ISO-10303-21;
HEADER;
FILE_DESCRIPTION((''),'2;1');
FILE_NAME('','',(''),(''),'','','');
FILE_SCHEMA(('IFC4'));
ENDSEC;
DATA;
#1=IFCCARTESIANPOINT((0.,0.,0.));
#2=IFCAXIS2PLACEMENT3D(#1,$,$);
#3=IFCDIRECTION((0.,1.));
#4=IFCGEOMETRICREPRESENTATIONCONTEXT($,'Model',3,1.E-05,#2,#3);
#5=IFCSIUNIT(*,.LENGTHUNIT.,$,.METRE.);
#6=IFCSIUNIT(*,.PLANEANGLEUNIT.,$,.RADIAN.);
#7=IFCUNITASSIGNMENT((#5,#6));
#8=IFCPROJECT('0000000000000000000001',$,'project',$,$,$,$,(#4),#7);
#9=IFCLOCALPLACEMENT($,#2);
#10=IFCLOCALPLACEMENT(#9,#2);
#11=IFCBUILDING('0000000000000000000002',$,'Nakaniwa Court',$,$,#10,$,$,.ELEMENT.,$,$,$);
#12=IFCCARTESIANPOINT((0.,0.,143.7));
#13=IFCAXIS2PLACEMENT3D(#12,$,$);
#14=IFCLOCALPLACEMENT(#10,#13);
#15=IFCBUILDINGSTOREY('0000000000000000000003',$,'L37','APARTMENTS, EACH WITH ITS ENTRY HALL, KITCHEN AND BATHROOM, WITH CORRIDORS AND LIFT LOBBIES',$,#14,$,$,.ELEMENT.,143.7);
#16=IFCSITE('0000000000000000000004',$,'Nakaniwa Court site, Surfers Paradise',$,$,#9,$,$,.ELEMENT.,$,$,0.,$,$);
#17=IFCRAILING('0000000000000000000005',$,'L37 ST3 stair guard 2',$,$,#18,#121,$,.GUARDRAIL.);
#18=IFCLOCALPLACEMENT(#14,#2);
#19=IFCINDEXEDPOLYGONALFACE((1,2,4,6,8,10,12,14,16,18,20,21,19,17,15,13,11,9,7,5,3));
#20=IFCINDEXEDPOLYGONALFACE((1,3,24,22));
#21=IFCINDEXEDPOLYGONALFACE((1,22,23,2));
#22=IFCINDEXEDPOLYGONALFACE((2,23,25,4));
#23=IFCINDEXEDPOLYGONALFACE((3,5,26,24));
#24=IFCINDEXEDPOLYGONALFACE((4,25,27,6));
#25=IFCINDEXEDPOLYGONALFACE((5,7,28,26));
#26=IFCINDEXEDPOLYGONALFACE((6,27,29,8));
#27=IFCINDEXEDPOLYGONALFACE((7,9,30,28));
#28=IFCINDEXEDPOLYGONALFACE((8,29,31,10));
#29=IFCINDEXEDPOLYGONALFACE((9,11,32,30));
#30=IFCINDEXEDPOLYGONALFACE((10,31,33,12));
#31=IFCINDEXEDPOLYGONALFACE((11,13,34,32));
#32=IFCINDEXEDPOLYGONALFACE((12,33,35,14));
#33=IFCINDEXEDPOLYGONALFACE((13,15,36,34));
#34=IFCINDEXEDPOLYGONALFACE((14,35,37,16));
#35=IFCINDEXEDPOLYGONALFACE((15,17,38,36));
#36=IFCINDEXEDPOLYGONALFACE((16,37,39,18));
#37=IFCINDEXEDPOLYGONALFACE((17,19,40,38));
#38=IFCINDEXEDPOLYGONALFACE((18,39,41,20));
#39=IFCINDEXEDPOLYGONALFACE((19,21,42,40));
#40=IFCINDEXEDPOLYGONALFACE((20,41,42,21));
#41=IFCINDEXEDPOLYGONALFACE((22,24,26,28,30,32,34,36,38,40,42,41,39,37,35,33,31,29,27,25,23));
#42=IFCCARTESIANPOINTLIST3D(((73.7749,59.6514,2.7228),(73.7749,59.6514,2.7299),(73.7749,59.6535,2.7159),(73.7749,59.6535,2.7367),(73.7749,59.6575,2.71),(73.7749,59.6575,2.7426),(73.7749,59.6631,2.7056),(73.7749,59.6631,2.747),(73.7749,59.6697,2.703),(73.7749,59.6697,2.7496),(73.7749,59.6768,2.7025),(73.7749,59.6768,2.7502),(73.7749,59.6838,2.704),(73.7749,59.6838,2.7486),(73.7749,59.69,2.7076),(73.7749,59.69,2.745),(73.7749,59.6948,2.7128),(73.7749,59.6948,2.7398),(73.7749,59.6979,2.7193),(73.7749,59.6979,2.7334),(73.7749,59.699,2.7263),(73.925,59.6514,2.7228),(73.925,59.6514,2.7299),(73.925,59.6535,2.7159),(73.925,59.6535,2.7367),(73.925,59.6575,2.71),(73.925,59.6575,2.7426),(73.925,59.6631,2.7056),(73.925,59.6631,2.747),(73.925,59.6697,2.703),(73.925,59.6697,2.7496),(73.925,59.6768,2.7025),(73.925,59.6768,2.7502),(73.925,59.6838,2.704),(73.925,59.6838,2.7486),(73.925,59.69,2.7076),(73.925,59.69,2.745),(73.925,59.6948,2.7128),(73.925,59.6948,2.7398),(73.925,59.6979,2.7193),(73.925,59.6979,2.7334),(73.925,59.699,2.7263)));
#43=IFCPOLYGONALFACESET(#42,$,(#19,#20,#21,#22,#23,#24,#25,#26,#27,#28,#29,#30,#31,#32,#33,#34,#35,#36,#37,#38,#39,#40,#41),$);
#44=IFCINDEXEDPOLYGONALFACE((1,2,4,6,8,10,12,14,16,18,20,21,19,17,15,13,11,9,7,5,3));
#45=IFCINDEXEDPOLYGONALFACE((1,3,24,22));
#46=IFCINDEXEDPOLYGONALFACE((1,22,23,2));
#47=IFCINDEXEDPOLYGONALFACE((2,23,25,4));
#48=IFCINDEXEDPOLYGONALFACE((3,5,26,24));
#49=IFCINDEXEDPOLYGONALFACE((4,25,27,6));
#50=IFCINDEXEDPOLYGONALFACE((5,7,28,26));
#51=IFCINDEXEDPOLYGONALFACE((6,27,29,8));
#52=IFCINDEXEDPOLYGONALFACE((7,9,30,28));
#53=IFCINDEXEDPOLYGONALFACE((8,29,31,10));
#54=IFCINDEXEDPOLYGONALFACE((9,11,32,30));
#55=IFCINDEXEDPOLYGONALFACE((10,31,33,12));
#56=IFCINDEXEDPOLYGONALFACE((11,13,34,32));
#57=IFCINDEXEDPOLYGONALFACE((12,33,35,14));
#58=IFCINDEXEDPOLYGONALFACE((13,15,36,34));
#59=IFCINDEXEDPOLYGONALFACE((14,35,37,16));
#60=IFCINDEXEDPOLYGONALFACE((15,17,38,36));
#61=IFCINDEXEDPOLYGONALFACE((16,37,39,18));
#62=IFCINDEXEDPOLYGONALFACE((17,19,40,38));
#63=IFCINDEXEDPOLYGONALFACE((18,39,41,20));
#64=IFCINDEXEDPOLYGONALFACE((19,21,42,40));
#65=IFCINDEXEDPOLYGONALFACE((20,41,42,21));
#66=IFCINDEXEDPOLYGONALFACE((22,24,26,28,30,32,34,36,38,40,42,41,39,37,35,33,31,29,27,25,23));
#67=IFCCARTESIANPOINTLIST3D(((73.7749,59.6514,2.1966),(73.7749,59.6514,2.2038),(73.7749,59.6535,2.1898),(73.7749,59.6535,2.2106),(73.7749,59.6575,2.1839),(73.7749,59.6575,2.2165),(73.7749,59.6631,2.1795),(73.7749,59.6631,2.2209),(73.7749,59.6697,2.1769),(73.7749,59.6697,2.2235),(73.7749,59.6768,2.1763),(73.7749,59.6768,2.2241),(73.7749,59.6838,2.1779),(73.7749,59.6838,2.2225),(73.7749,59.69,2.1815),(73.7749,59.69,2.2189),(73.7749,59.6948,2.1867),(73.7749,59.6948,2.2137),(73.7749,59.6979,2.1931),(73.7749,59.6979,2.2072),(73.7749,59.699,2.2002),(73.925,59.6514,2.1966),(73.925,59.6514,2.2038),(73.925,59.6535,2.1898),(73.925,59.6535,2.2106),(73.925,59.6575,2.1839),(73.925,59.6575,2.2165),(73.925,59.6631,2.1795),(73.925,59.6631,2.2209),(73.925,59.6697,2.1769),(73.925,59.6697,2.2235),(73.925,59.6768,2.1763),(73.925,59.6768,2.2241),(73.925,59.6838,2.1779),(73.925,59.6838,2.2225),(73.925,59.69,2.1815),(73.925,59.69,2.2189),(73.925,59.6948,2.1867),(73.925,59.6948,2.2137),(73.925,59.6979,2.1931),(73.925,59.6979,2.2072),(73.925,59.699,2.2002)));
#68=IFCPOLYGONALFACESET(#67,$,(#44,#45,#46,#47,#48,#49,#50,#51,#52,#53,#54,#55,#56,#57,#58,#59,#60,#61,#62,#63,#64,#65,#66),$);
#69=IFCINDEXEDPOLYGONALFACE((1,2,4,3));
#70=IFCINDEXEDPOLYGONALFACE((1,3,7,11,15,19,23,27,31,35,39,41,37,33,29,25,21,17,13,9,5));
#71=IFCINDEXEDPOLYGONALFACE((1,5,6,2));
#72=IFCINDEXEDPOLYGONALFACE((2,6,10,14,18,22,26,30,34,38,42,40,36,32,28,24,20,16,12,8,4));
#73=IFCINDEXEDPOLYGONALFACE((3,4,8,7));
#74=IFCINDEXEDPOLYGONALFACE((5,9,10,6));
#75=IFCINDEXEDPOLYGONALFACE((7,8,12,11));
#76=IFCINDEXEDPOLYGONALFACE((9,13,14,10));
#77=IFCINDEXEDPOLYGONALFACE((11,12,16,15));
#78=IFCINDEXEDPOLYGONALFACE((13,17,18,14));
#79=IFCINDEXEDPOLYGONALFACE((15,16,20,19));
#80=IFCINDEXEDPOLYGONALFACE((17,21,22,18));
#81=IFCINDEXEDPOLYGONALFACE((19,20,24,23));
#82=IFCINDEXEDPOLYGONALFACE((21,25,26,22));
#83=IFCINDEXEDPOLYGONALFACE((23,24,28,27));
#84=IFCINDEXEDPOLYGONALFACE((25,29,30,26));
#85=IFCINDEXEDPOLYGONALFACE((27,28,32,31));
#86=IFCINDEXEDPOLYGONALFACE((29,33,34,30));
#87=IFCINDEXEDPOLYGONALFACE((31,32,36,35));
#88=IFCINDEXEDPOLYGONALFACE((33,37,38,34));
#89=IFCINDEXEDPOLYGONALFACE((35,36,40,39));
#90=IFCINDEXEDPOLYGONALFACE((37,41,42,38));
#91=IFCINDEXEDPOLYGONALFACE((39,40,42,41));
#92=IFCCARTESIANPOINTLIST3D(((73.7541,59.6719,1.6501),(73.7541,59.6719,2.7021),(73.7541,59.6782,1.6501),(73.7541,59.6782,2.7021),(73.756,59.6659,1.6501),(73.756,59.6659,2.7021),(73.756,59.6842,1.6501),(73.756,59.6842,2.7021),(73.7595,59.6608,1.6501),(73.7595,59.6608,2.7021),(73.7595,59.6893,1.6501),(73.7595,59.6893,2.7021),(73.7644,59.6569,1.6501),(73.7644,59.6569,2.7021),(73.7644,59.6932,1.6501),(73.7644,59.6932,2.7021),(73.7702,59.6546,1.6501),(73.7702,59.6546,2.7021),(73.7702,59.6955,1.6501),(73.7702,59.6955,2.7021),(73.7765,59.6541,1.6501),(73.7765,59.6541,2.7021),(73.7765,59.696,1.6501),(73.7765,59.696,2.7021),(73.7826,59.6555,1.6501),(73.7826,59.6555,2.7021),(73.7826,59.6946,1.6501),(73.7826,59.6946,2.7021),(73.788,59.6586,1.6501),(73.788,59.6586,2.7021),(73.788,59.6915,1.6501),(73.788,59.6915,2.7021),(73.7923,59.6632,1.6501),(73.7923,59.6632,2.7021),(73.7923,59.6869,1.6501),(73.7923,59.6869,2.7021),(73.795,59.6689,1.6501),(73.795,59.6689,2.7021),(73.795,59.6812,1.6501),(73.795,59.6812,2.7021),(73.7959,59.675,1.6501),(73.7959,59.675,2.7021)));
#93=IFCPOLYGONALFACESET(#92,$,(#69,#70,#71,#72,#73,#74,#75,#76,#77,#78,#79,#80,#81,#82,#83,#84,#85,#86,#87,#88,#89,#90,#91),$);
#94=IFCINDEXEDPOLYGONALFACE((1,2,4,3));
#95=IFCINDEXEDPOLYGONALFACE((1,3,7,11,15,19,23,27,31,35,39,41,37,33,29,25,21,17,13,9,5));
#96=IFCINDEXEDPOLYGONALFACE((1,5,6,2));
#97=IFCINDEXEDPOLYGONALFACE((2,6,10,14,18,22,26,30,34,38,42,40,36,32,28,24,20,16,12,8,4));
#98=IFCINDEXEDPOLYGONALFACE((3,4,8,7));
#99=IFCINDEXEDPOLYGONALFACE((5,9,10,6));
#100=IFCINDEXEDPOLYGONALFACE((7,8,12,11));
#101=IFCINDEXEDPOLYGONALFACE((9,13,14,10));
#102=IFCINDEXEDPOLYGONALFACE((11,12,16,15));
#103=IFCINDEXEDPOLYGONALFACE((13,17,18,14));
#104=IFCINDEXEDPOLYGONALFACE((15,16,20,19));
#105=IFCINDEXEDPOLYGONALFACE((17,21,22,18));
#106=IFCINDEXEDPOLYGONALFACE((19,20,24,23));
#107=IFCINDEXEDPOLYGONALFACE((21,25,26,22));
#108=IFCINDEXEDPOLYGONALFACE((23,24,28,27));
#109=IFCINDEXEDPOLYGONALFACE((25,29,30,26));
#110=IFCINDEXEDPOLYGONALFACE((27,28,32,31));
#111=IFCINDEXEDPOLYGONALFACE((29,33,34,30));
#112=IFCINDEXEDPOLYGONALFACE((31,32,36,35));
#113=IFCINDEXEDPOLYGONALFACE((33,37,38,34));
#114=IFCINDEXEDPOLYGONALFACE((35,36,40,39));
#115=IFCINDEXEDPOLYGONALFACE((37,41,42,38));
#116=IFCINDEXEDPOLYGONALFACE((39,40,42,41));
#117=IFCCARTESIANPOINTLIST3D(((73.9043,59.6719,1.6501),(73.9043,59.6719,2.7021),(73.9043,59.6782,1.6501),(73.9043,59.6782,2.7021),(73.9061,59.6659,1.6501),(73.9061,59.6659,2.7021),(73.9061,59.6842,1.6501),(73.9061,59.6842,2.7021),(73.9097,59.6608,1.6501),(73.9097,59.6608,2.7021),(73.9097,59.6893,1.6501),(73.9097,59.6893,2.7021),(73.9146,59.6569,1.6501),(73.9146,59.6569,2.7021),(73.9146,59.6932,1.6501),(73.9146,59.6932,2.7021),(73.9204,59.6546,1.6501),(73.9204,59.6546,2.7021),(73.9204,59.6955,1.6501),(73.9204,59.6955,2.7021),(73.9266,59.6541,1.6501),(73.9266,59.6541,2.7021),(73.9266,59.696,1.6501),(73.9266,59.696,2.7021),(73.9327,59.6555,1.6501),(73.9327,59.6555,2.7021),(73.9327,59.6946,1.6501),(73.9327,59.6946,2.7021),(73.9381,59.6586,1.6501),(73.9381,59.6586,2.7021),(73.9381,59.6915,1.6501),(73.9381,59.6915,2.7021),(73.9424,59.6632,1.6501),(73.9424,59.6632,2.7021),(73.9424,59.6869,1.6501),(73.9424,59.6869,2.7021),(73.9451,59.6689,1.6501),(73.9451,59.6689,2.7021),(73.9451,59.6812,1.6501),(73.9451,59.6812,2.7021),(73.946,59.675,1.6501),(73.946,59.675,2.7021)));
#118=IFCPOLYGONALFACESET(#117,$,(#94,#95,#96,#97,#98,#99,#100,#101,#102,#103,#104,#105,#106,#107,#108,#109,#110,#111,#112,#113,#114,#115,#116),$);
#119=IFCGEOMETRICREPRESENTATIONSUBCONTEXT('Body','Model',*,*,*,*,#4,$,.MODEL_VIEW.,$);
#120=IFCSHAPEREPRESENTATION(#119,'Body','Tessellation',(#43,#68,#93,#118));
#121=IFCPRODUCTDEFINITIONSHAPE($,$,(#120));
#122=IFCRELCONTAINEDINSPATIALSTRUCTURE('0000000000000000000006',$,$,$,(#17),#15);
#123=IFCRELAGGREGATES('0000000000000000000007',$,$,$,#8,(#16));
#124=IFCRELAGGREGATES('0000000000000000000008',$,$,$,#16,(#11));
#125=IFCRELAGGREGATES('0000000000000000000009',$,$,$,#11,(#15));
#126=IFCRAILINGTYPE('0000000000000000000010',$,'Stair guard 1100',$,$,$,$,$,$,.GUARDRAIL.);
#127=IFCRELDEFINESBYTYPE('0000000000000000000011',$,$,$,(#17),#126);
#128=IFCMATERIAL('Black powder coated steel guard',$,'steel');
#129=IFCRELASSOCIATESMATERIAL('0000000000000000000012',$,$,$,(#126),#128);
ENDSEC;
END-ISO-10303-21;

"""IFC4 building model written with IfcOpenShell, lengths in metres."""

from ifc_helpers import new_model, si_unit, direction, frame, origin, origin_2d, place, context, subcontext, project, spatial, circle, extrude, material, type_object, element, save


model = new_model("IFC4")

# Units and contexts
model_context = context("Model", 3, precision=1e-05, world=origin(), true_north=direction((0.0, 1.0)))
body_context = subcontext(model_context, "Body", "Model", "MODEL_VIEW")
ifc_project = project(units=[si_unit("LENGTHUNIT", "METRE"), si_unit("PLANEANGLEUNIT", "RADIAN")], contexts=[model_context])

# Site, building, storey
site_placement = place(None, origin())
site = spatial("IfcSite", under=ifc_project, at=site_placement, Name="Nakaniwa Court site, Surfers Paradise", CompositionType="ELEMENT", RefElevation=0.0)
building_placement = place(site_placement, origin())
building = spatial("IfcBuilding", under=site, at=building_placement, Name="Nakaniwa Court", CompositionType="ELEMENT")
storey_placement = place(building_placement, frame((0.0, 0.0, 143.7)))
storey = spatial("IfcBuildingStorey", under=building, at=storey_placement, Name="L37", Description="APARTMENTS, EACH WITH ITS ENTRY HALL, KITCHEN AND BATHROOM, WITH CORRIDORS AND LIFT LOBBIES", CompositionType="ELEMENT", Elevation=143.7)

# Railing
ifc_material_1 = material(Name="Black powder coated steel guard", Category="steel")
railing_type_1 = type_object("IfcRailingType", Name="Stair guard 1100", PredefinedType="GUARDRAIL", material=ifc_material_1)
railing_1_placement = place(storey_placement, frame((73.7749, 59.675, 1.6501)))
element("IfcRailing", 1, at=railing_1_placement, inside=storey, type_object=railing_type_1, Name="L37 ST3 stair guard 2", PredefinedType="GUARDRAIL", context=body_context, shape_type="SweptSolid", body=[
    extrude(circle(Radius=0.0239, at=origin_2d()), frame((0.0, 0.0, 1.0762), z_axis=(1.0, 0.0, 0.0), x_axis=(0.0, 1.0, 0.0)), (0.0, 0.0, 1.0), 0.1501),
    extrude(circle(Radius=0.0239, at=origin_2d()), frame((0.0, 0.0, 0.55), z_axis=(1.0, 0.0, 0.0), x_axis=(0.0, 1.0, 0.0)), (0.0, 0.0, 1.0), 0.1501),
    extrude(circle(Radius=0.021, at=origin_2d()), origin(), (0.0, 0.0, 1.0), 1.052),
    extrude(circle(Radius=0.021, at=origin_2d()), frame((0.1501, 0.0, 0.0)), (0.0, 0.0, 1.0), 1.052),
])

save(model, "model.ifc")
